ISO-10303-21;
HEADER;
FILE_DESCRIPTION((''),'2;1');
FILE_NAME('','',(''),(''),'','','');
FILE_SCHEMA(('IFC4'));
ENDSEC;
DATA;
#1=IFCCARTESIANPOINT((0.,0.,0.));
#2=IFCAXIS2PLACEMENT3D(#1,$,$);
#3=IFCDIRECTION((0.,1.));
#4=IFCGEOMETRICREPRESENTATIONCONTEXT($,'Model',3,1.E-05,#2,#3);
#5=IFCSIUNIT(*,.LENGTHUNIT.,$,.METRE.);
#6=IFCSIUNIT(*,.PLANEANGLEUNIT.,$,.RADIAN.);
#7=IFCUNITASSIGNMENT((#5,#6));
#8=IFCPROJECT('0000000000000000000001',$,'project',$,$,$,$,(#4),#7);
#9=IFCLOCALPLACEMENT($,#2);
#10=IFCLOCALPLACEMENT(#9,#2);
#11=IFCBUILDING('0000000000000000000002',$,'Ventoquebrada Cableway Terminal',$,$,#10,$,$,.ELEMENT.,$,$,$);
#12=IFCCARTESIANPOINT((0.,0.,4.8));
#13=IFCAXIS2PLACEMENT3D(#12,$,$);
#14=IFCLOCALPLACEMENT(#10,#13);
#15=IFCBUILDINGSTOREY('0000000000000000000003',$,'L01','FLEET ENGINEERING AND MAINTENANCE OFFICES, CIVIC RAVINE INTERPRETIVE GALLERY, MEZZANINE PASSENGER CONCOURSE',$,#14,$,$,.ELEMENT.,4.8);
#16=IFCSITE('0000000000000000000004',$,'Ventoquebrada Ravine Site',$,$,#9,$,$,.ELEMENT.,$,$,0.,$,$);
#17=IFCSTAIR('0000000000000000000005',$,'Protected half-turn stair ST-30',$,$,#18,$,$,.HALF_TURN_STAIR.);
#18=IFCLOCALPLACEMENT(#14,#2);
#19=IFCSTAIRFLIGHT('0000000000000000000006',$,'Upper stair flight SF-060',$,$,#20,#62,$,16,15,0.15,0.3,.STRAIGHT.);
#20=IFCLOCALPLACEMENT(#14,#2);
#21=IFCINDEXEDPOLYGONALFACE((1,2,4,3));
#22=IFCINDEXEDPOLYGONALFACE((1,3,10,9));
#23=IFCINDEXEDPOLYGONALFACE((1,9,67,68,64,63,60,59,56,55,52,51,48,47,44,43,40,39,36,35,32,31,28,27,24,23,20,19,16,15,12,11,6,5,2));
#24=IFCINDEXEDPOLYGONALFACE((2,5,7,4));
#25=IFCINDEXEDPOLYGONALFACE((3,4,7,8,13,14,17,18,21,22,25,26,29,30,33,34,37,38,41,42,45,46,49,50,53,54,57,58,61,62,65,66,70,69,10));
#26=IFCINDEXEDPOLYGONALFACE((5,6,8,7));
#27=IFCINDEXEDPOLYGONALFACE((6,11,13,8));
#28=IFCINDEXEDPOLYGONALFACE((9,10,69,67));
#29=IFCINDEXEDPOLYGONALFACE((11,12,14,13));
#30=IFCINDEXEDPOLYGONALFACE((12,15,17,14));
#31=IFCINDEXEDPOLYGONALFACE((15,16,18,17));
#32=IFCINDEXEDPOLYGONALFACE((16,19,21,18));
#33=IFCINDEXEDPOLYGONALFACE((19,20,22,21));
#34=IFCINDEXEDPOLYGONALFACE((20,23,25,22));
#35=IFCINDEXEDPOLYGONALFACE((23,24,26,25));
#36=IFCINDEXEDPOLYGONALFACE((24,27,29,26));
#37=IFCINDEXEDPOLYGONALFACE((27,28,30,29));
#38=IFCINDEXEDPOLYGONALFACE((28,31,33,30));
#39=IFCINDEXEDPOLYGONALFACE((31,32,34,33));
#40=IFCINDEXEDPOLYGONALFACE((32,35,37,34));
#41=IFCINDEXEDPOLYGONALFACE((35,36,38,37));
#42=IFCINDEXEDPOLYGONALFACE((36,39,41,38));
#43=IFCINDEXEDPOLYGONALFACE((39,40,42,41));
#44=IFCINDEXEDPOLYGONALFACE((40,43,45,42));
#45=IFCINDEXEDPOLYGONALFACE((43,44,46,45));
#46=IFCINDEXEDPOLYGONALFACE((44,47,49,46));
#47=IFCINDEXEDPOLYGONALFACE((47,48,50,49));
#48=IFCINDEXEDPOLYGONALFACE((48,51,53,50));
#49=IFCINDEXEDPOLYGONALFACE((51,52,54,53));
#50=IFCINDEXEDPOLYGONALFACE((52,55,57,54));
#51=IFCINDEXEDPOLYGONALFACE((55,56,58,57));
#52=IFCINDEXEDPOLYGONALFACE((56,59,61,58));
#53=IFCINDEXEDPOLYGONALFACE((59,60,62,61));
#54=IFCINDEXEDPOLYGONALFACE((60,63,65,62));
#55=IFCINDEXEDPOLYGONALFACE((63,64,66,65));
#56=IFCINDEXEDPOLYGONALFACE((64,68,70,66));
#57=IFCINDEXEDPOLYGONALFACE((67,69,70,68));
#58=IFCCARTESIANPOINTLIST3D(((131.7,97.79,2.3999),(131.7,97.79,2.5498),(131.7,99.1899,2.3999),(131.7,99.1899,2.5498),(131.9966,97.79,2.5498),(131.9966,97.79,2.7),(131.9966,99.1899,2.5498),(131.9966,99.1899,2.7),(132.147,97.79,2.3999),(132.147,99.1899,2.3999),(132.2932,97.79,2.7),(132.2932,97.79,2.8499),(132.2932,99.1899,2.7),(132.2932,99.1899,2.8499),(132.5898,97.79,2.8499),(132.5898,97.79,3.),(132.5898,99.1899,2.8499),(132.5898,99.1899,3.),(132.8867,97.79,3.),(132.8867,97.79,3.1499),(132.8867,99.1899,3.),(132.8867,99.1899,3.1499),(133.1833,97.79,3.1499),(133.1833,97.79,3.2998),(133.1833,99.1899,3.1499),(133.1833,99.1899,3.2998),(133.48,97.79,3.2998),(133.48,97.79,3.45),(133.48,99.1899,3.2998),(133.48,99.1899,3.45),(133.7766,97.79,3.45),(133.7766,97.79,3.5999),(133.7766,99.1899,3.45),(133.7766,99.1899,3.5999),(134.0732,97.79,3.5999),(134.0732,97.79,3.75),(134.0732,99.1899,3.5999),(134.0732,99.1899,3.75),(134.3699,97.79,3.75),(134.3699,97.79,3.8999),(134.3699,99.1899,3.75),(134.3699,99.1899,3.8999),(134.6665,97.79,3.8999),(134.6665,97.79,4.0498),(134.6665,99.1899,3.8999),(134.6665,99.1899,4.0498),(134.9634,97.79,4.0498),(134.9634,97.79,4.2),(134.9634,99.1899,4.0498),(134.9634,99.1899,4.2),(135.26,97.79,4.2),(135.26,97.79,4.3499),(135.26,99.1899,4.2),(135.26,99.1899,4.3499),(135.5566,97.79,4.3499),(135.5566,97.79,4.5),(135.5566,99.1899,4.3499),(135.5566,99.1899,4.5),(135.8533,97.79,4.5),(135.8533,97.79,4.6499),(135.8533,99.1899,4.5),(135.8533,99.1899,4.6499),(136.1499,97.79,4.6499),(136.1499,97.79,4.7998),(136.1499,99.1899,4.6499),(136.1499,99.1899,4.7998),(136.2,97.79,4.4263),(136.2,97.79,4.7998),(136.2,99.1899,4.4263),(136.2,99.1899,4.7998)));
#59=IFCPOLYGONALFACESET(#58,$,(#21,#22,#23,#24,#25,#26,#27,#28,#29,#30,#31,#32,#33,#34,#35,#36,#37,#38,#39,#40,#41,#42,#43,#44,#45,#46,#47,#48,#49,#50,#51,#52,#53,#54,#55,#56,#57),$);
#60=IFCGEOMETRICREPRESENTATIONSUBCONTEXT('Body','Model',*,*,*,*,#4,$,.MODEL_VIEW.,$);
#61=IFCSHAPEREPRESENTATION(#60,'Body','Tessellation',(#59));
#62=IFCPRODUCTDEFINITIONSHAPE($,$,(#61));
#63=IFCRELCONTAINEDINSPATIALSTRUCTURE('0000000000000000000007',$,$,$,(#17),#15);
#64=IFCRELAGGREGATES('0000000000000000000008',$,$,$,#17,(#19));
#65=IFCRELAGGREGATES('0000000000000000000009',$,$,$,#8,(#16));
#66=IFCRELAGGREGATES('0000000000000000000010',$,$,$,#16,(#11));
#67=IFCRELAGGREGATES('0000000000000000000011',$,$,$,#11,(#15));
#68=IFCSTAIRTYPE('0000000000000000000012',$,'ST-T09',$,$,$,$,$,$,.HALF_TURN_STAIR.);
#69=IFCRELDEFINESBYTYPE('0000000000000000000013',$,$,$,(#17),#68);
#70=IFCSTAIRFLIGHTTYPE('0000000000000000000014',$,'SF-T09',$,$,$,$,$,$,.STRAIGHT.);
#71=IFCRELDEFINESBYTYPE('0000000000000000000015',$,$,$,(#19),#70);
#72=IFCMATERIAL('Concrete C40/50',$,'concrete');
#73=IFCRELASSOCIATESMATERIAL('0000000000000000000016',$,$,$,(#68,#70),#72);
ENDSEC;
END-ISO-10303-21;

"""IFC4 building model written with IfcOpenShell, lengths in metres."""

from ifc_helpers import new_model, si_unit, direction, frame, origin, place, context, subcontext, project, spatial, polyline, outline, extrude, material, type_object, element, aggregate, save


model = new_model("IFC4")

# Units and contexts
model_context = context("Model", 3, precision=1e-05, world=origin(), true_north=direction((0.0, 1.0)))
body_context = subcontext(model_context, "Body", "Model", "MODEL_VIEW")
ifc_project = project(units=[si_unit("LENGTHUNIT", "METRE"), si_unit("PLANEANGLEUNIT", "RADIAN")], contexts=[model_context])

# Site, building, storey
site_placement = place(None, origin())
site = spatial("IfcSite", under=ifc_project, at=site_placement, Name="Ventoquebrada Ravine Site", CompositionType="ELEMENT", RefElevation=0.0)
building_placement = place(site_placement, origin())
building = spatial("IfcBuilding", under=site, at=building_placement, Name="Ventoquebrada Cableway Terminal", CompositionType="ELEMENT")
storey_placement = place(building_placement, frame((0.0, 0.0, 4.8)))
storey = spatial("IfcBuildingStorey", under=building, at=storey_placement, Name="L01", Description="FLEET ENGINEERING AND MAINTENANCE OFFICES, CIVIC RAVINE INTERPRETIVE GALLERY, MEZZANINE PASSENGER CONCOURSE", CompositionType="ELEMENT", Elevation=4.8)

# Shared definitions
ifc_material_1 = material(Name="Concrete C40/50", Category="concrete")

# Stair, stair flight
stair_type = type_object("IfcStairType", Name="ST-T09", PredefinedType="HALF_TURN_STAIR", material=ifc_material_1)
stair_placement = place(storey_placement, origin())
stair = element("IfcStair", 1, at=stair_placement, inside=storey, type_object=stair_type, Name="Protected half-turn stair ST-30", PredefinedType="HALF_TURN_STAIR")
stair_flight_type = type_object("IfcStairFlightType", Name="SF-T09", PredefinedType="STRAIGHT", material=ifc_material_1)
stair_flight_placement = place(storey_placement, frame((131.7, 98.49, 2.3999), z_axis=(0.0, 0.0, 1.0), x_axis=(1.0, 0.0, 0.0)))
stair_flight = element("IfcStairFlight", 2, at=stair_flight_placement, type_object=stair_flight_type, Name="Upper stair flight SF-060", NumberOfRisers=16, NumberOfTreads=15, PredefinedType="STRAIGHT", RiserHeight=0.15, TreadLength=0.3, context=body_context, shape_type="SweptSolid", body=[
    extrude(outline(polyline([(0.0, 0.0), (0.0, 0.1499), (0.2966, 0.1499), (0.2966, 0.3), (0.5933, 0.3), (0.5933, 0.45), (0.8899, 0.45), (0.8899, 0.6001), (1.1868, 0.6001), (1.1868, 0.75), (1.4834, 0.75), (1.4834, 0.8999), (1.78, 0.8999), (1.78, 1.05), (2.0767, 1.05), (2.0767, 1.2), (2.3733, 1.2), (2.3733, 1.3501), (2.6699, 1.3501), (2.6699, 1.5), (2.9666, 1.5), (2.9666, 1.6499), (3.2634, 1.6499), (3.2634, 1.8), (3.5601, 1.8), (3.5601, 1.95), (3.8567, 1.95), (3.8567, 2.1001), (4.1533, 2.1001), (4.1533, 2.25), (4.45, 2.25), (4.45, 2.3999), (4.5, 2.3999), (4.5, 2.0264), (0.447, 0.0), (0.0, 0.0)])), frame((0.0, 0.7, 0.0), z_axis=(0.0, -1.0, 0.0), x_axis=(1.0, 0.0, 0.0)), (0.0, 0.0, 1.0), 1.3999),
])
aggregate(stair, [stair_flight])

save(model, "model.ifc")
